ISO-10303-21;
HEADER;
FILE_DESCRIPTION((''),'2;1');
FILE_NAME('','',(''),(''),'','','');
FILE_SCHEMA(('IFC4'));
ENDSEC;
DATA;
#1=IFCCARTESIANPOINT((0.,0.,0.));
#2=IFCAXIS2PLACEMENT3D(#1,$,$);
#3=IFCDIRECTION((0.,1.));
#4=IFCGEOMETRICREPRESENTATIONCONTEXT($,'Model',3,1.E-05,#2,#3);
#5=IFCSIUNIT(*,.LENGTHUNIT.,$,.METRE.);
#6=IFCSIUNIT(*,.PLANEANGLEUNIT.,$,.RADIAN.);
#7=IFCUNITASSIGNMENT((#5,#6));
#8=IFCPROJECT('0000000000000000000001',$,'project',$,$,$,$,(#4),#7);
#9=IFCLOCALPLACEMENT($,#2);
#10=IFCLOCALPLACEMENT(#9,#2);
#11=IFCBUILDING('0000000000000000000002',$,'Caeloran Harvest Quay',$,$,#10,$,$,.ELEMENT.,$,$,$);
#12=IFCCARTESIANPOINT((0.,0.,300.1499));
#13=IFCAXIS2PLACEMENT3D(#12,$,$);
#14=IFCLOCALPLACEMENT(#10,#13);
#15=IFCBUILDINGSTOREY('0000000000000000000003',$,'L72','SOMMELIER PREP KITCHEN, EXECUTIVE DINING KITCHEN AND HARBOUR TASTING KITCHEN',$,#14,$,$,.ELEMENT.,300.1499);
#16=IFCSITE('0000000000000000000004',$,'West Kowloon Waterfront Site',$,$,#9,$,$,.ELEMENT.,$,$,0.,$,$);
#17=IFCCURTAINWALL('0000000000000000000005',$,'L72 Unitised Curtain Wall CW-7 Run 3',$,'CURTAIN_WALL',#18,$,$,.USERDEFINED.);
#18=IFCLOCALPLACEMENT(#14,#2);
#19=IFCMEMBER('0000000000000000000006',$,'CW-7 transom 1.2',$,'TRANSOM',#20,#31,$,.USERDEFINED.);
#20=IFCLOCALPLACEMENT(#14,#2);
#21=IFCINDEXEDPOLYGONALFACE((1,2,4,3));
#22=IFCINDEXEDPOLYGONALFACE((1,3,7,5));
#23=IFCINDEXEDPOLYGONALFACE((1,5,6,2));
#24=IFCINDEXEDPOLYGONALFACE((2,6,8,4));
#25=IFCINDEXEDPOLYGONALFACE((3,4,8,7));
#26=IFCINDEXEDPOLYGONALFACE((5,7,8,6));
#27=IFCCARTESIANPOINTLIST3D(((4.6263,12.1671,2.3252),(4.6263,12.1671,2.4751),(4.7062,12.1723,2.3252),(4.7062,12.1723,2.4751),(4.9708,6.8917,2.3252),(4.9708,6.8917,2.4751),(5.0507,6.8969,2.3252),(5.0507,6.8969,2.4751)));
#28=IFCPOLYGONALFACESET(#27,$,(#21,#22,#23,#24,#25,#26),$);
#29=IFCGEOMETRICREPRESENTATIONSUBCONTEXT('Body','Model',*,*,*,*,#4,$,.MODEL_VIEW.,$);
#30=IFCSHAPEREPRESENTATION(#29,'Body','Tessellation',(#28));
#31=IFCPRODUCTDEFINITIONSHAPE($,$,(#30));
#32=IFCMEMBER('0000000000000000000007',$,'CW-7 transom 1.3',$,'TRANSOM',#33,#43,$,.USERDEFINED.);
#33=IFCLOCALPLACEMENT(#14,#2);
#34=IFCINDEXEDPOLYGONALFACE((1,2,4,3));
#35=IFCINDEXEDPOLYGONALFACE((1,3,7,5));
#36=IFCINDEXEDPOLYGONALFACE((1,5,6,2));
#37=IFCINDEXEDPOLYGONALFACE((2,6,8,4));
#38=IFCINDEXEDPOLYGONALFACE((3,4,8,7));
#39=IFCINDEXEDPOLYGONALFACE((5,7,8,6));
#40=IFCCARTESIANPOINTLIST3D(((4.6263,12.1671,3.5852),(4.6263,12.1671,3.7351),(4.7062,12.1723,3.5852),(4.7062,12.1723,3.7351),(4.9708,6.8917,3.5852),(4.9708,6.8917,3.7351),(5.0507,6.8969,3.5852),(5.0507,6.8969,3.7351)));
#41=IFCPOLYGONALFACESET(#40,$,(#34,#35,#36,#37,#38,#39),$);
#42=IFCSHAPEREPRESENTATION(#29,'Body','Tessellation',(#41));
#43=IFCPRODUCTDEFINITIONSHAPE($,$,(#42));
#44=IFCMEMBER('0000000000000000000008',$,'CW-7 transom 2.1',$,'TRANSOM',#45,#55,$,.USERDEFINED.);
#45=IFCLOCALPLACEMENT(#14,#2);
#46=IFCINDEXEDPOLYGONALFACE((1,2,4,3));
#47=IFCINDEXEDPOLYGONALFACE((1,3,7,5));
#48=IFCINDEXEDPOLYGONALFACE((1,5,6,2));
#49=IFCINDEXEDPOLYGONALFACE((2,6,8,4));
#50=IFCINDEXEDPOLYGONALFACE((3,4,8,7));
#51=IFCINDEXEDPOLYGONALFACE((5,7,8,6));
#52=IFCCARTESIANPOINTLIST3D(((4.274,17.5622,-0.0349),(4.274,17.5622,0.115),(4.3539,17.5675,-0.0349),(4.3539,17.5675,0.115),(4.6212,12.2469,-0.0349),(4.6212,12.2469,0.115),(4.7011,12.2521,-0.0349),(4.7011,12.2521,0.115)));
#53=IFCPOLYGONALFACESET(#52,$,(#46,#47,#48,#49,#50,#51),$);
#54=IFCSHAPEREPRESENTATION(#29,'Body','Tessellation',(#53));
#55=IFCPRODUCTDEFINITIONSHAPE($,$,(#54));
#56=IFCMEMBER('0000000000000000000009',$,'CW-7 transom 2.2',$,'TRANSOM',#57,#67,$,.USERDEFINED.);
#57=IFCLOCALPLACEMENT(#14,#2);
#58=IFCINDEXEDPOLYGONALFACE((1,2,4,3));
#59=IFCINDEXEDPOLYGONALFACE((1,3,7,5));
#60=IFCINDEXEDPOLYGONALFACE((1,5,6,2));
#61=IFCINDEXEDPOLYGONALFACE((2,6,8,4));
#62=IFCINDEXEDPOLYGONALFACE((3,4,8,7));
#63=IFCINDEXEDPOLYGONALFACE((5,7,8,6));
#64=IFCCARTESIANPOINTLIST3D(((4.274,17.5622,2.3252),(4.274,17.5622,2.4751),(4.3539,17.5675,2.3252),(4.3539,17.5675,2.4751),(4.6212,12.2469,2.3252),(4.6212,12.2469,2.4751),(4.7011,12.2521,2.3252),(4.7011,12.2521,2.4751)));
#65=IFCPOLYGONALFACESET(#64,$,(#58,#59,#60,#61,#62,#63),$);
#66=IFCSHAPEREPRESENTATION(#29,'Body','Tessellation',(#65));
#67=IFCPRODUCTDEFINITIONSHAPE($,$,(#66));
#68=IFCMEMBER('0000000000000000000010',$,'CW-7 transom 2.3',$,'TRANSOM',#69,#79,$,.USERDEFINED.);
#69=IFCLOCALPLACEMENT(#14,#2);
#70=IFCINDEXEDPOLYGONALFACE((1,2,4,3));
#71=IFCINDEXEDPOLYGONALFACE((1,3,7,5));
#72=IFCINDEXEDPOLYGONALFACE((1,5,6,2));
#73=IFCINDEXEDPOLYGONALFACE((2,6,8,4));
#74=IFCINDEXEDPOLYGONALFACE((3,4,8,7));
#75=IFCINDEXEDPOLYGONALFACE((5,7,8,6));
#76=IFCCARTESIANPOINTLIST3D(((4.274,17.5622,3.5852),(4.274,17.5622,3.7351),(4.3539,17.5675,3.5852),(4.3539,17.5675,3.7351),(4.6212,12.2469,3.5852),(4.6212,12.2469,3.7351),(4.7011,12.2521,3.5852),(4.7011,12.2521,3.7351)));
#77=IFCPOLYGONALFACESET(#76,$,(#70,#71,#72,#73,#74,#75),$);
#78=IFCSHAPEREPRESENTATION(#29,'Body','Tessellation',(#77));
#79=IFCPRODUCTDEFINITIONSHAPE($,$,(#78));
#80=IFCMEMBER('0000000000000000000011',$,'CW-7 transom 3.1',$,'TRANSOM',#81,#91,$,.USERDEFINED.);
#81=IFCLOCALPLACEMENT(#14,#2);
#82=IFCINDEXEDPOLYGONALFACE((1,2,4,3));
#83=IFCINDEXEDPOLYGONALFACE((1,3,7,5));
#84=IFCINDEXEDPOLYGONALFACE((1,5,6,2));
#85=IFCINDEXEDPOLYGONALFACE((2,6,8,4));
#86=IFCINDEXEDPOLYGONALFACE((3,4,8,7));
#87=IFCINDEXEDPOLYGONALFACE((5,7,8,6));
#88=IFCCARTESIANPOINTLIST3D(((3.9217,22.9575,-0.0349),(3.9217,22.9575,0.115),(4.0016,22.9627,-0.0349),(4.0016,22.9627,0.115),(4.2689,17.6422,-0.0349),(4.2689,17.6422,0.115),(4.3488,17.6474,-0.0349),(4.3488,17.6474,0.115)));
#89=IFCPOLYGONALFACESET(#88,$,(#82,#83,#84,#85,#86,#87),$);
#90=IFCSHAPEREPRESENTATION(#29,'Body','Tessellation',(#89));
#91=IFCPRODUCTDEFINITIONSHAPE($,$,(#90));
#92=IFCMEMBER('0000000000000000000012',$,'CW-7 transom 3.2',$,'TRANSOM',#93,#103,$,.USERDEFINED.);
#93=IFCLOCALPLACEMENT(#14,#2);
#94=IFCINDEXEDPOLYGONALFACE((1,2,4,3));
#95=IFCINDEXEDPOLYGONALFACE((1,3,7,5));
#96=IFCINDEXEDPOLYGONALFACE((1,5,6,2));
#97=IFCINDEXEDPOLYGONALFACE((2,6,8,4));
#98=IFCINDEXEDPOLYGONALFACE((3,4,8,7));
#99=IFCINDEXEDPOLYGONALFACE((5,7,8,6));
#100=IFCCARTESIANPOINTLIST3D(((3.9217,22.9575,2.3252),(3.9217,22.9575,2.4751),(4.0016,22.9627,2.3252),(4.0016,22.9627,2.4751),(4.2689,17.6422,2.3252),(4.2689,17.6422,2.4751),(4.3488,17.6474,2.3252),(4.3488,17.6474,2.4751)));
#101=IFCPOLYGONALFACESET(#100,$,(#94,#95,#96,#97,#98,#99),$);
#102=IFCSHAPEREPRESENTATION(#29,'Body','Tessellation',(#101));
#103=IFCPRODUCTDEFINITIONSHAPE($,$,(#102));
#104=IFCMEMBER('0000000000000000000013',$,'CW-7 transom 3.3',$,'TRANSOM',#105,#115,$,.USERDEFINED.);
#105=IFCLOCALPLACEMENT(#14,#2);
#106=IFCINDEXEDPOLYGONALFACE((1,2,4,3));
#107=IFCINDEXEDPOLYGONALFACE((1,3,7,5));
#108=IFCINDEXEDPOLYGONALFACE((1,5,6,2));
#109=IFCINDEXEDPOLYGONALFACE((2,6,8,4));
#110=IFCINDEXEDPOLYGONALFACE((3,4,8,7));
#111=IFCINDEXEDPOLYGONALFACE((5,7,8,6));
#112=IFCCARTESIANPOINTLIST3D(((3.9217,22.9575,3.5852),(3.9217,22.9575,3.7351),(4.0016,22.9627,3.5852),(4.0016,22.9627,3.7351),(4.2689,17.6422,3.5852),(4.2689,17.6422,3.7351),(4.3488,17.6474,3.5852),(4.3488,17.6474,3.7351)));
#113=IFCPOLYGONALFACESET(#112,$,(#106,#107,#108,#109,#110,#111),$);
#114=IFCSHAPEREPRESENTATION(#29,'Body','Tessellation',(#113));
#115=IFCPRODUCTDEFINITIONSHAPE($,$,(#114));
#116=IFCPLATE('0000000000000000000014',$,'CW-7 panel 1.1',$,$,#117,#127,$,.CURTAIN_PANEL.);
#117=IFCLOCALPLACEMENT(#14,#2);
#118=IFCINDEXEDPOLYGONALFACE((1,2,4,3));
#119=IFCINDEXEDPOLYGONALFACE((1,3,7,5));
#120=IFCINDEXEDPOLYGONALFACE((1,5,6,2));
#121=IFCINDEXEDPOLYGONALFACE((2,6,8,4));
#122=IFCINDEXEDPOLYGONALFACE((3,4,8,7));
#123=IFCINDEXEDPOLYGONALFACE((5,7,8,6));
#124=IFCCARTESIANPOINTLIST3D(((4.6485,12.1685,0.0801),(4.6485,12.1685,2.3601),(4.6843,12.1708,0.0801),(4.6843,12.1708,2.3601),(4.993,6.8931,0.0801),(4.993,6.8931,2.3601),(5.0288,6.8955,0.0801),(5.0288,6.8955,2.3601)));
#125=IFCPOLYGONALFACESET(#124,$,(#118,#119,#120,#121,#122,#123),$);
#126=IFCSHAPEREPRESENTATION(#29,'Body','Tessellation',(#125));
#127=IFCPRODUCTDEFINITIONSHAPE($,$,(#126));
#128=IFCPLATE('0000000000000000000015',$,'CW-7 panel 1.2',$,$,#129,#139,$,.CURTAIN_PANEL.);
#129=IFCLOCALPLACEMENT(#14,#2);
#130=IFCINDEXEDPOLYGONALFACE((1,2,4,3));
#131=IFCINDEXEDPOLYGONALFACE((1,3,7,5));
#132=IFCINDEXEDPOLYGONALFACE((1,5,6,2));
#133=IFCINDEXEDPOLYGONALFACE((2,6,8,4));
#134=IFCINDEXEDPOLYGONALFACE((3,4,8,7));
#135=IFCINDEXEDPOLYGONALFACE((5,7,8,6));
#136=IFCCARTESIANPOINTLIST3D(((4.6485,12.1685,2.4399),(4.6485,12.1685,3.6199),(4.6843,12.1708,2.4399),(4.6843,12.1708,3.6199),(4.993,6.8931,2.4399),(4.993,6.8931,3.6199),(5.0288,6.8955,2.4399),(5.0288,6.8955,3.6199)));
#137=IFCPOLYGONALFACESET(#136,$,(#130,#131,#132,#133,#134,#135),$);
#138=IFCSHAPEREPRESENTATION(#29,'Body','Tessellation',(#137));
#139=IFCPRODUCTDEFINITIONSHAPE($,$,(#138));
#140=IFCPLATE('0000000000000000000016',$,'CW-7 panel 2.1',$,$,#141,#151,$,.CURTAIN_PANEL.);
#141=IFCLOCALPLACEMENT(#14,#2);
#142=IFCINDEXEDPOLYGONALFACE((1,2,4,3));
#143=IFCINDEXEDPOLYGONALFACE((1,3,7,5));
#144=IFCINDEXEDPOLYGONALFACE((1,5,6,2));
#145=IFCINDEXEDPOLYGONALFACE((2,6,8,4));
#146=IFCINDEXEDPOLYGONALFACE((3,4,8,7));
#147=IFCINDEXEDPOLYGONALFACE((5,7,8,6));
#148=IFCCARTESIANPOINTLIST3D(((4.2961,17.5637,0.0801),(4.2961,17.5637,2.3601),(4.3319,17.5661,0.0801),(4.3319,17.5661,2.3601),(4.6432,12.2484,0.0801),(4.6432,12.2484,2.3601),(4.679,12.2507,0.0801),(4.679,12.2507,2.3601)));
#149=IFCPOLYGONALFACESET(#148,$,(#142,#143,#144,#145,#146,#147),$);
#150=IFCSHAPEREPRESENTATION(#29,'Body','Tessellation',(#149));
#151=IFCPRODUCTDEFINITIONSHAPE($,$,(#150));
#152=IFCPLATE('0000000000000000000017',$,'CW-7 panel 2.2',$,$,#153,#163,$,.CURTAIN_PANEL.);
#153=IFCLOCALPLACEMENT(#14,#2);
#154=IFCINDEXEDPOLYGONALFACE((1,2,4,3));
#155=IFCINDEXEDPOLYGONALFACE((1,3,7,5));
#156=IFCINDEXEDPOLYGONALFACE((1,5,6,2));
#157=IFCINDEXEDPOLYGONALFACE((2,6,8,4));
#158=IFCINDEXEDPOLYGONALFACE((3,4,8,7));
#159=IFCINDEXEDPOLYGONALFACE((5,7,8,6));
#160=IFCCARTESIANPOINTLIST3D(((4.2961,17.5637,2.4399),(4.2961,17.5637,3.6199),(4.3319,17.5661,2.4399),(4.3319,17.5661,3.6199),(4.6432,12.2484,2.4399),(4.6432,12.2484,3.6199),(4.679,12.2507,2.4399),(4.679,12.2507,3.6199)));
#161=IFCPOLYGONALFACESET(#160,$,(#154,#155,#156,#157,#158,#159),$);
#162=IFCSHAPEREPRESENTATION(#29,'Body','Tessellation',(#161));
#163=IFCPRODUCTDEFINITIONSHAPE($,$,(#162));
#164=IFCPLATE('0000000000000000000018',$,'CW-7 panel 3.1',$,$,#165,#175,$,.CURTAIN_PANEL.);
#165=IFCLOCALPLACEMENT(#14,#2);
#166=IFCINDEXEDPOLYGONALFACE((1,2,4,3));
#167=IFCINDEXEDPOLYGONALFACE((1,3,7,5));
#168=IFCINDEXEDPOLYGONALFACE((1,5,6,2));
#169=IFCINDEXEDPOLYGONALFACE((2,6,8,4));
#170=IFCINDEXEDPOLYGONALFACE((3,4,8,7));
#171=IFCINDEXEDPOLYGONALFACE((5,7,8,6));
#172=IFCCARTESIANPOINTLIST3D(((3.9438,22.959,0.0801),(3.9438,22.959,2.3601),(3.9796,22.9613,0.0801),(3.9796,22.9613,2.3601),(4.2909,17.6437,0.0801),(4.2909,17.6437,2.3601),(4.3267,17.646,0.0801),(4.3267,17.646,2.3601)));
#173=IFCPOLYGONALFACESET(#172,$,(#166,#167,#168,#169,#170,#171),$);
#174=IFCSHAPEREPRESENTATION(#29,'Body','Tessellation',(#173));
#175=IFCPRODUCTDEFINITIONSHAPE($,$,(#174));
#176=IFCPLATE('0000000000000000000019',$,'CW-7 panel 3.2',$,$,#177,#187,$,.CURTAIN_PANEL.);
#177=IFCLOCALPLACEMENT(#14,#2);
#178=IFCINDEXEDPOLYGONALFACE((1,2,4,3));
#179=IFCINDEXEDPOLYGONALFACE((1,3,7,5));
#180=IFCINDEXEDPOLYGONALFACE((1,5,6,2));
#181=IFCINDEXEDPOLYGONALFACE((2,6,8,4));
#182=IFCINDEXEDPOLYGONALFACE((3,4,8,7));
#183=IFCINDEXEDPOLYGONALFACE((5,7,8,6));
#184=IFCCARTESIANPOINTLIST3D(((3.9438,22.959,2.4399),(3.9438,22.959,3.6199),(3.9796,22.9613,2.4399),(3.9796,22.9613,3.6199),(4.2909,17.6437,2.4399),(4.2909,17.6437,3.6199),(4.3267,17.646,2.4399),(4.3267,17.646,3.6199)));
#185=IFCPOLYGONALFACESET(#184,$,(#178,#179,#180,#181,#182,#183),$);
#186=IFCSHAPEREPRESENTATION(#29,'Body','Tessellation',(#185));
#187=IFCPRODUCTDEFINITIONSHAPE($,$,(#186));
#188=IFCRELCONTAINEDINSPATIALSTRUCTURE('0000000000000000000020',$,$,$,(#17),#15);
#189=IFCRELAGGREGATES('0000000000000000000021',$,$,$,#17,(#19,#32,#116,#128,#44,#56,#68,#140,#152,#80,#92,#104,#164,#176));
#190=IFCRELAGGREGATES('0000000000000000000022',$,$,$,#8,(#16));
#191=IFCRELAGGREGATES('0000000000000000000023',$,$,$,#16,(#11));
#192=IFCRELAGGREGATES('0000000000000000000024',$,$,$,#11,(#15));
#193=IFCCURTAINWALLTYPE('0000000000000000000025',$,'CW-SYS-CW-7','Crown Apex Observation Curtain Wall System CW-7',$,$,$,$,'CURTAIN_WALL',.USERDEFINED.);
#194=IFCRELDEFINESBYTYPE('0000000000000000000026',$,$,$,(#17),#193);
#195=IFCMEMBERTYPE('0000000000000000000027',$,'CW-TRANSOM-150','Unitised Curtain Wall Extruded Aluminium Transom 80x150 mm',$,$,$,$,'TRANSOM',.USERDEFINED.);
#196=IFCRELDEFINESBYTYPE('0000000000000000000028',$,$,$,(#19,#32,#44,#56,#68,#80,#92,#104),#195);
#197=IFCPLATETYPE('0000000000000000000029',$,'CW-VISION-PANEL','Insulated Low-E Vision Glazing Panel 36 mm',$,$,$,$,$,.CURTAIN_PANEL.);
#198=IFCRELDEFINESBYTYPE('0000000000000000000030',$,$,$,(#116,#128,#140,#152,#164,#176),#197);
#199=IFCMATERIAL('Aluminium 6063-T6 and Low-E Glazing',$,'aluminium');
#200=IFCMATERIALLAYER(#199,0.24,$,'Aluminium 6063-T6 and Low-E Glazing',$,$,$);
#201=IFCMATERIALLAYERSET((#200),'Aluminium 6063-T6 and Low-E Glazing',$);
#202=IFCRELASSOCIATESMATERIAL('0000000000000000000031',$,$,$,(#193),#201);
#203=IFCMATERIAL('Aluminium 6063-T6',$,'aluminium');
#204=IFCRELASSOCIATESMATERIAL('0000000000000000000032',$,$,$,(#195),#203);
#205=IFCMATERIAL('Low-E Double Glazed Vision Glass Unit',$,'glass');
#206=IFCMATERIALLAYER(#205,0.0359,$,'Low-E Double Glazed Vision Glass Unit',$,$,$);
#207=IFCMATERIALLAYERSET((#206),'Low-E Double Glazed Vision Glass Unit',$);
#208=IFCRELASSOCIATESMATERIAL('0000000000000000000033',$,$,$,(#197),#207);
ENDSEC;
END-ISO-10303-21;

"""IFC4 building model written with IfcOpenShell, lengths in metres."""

from ifc_helpers import new_model, si_unit, direction, frame, origin, origin_2d, place, context, subcontext, project, spatial, rectangle, extrude, material, layer, layer_set, material_profile, profile_set, type_object, element, aggregate, save


model = new_model("IFC4")

# Units and contexts
model_context = context("Model", 3, precision=1e-05, world=origin(), true_north=direction((0.0, 1.0)))
body_context = subcontext(model_context, "Body", "Model", "MODEL_VIEW")
ifc_project = project(units=[si_unit("LENGTHUNIT", "METRE"), si_unit("PLANEANGLEUNIT", "RADIAN")], contexts=[model_context])

# Site, building, storey
site_placement = place(None, origin())
site = spatial("IfcSite", under=ifc_project, at=site_placement, Name="West Kowloon Waterfront Site", CompositionType="ELEMENT", RefElevation=0.0)
building_placement = place(site_placement, origin())
building = spatial("IfcBuilding", under=site, at=building_placement, Name="Caeloran Harvest Quay", CompositionType="ELEMENT")
storey_placement = place(building_placement, frame((0.0, 0.0, 300.1499)))
storey = spatial("IfcBuildingStorey", under=building, at=storey_placement, Name="L72", Description="SOMMELIER PREP KITCHEN, EXECUTIVE DINING KITCHEN AND HARBOUR TASTING KITCHEN", CompositionType="ELEMENT", Elevation=300.1499)

# Curtain wall, members, plates
ifc_material_1 = material(Name="Aluminium 6063-T6 and Low-E Glazing", Category="aluminium")
ifc_layer_1 = layer(ifc_material_1, 0.24, Name="Aluminium 6063-T6 and Low-E Glazing")
ifc_layer_set_1 = layer_set([ifc_layer_1], Name="Aluminium 6063-T6 and Low-E Glazing")
curtain_wall_type = type_object("IfcCurtainWallType", Name="CW-SYS-CW-7", Description="Crown Apex Observation Curtain Wall System CW-7", ElementType="CURTAIN_WALL", PredefinedType="USERDEFINED", material=ifc_layer_set_1)
curtain_wall_placement = place(storey_placement, origin())
curtain_wall = element("IfcCurtainWall", 1, at=curtain_wall_placement, inside=storey, type_object=curtain_wall_type, Name="L72 Unitised Curtain Wall CW-7 Run 3", ObjectType="CURTAIN_WALL", PredefinedType="USERDEFINED")
ifc_material_2 = material(Name="Aluminium 6063-T6", Category="aluminium")
ifc_material_profile_1 = material_profile(ifc_material_2, rectangle(XDim=0.0801, YDim=0.1499, at=origin_2d()), Name="CW-TRANSOM-150")
ifc_profile_set_1 = profile_set([ifc_material_profile_1], Name="Aluminium 6063-T6")
member_type_1 = type_object("IfcMemberType", Name="CW-TRANSOM-150", Description="Unitised Curtain Wall Extruded Aluminium Transom 80x150 mm", ElementType="TRANSOM", PredefinedType="USERDEFINED", material=ifc_profile_set_1)
member_1_placement = place(storey_placement, frame((5.0107, 6.8943, 2.4001), z_axis=(-0.065161, 0.997875, 0.0), x_axis=(-0.997875, -0.065161, 0.0)))
member_1 = element("IfcMember", 2, at=member_1_placement, type_object=member_type_1, Name="CW-7 transom 1.2", ObjectType="TRANSOM", PredefinedType="USERDEFINED", context=body_context, shape_type="SweptSolid", body=[
    extrude(rectangle(XDim=0.0801, YDim=0.1499, at=origin_2d()), origin(), (0.0, 0.0, 1.0), 5.2866),
])
member_2_placement = place(storey_placement, frame((5.0107, 6.8943, 3.6602), z_axis=(-0.065161, 0.997875, 0.0), x_axis=(-0.997875, -0.065161, 0.0)))
member_2 = element("IfcMember", 3, at=member_2_placement, type_object=member_type_1, Name="CW-7 transom 1.3", ObjectType="TRANSOM", PredefinedType="USERDEFINED", context=body_context, shape_type="SweptSolid", body=[
    extrude(rectangle(XDim=0.0801, YDim=0.1499, at=origin_2d()), origin(), (0.0, 0.0, 1.0), 5.2866),
])
member_3_placement = place(storey_placement, frame((4.6611, 12.2495, 0.04), z_axis=(-0.065174, 0.997874, 0.0), x_axis=(-0.997874, -0.065174, 0.0)))
member_3 = element("IfcMember", 4, at=member_3_placement, type_object=member_type_1, Name="CW-7 transom 2.1", ObjectType="TRANSOM", PredefinedType="USERDEFINED", context=body_context, shape_type="SweptSolid", body=[
    extrude(rectangle(XDim=0.0801, YDim=0.1499, at=origin_2d()), origin(), (0.0, 0.0, 1.0), 5.3267),
])
member_4_placement = place(storey_placement, frame((4.6611, 12.2495, 2.4001), z_axis=(-0.065174, 0.997874, 0.0), x_axis=(-0.997874, -0.065174, 0.0)))
member_4 = element("IfcMember", 5, at=member_4_placement, type_object=member_type_1, Name="CW-7 transom 2.2", ObjectType="TRANSOM", PredefinedType="USERDEFINED", context=body_context, shape_type="SweptSolid", body=[
    extrude(rectangle(XDim=0.0801, YDim=0.1499, at=origin_2d()), origin(), (0.0, 0.0, 1.0), 5.3267),
])
member_5_placement = place(storey_placement, frame((4.6611, 12.2495, 3.6602), z_axis=(-0.065174, 0.997874, 0.0), x_axis=(-0.997874, -0.065174, 0.0)))
member_5 = element("IfcMember", 6, at=member_5_placement, type_object=member_type_1, Name="CW-7 transom 2.3", ObjectType="TRANSOM", PredefinedType="USERDEFINED", context=body_context, shape_type="SweptSolid", body=[
    extrude(rectangle(XDim=0.0801, YDim=0.1499, at=origin_2d()), origin(), (0.0, 0.0, 1.0), 5.3267),
])
member_6_placement = place(storey_placement, frame((4.3088, 17.6448, 0.04), z_axis=(-0.065174, 0.997874, 0.0), x_axis=(-0.997874, -0.065174, 0.0)))
member_6 = element("IfcMember", 7, at=member_6_placement, type_object=member_type_1, Name="CW-7 transom 3.1", ObjectType="TRANSOM", PredefinedType="USERDEFINED", context=body_context, shape_type="SweptSolid", body=[
    extrude(rectangle(XDim=0.0801, YDim=0.1499, at=origin_2d()), origin(), (0.0, 0.0, 1.0), 5.3267),
])
member_7_placement = place(storey_placement, frame((4.3088, 17.6448, 2.4001), z_axis=(-0.065174, 0.997874, 0.0), x_axis=(-0.997874, -0.065174, 0.0)))
member_7 = element("IfcMember", 8, at=member_7_placement, type_object=member_type_1, Name="CW-7 transom 3.2", ObjectType="TRANSOM", PredefinedType="USERDEFINED", context=body_context, shape_type="SweptSolid", body=[
    extrude(rectangle(XDim=0.0801, YDim=0.1499, at=origin_2d()), origin(), (0.0, 0.0, 1.0), 5.3267),
])
member_8_placement = place(storey_placement, frame((4.3088, 17.6448, 3.6602), z_axis=(-0.065174, 0.997874, 0.0), x_axis=(-0.997874, -0.065174, 0.0)))
member_8 = element("IfcMember", 9, at=member_8_placement, type_object=member_type_1, Name="CW-7 transom 3.3", ObjectType="TRANSOM", PredefinedType="USERDEFINED", context=body_context, shape_type="SweptSolid", body=[
    extrude(rectangle(XDim=0.0801, YDim=0.1499, at=origin_2d()), origin(), (0.0, 0.0, 1.0), 5.3267),
])
ifc_material_3 = material(Name="Low-E Double Glazed Vision Glass Unit", Category="glass")
ifc_layer_2 = layer(ifc_material_3, 0.0359, Name="Low-E Double Glazed Vision Glass Unit")
ifc_layer_set_2 = layer_set([ifc_layer_2], Name="Low-E Double Glazed Vision Glass Unit")
plate_type = type_object("IfcPlateType", Name="CW-VISION-PANEL", Description="Insulated Low-E Vision Glazing Panel 36 mm", PredefinedType="CURTAIN_PANEL", material=ifc_layer_set_2)
plate_1_placement = place(storey_placement, frame((4.8386, 9.532, 0.0801), z_axis=(0.0, 0.0, 1.0), x_axis=(-0.065167, 0.997874, 0.0)))
plate_1 = element("IfcPlate", 10, at=plate_1_placement, type_object=plate_type, Name="CW-7 panel 1.1", PredefinedType="CURTAIN_PANEL", context=body_context, shape_type="SweptSolid", body=[
    extrude(rectangle(XDim=5.2866, YDim=0.0359, at=origin_2d()), origin(), (0.0, 0.0, 1.0), 2.28),
])
plate_2_placement = place(storey_placement, frame((4.8386, 9.532, 2.4399), z_axis=(0.0, 0.0, 1.0), x_axis=(-0.065167, 0.997874, 0.0)))
plate_2 = element("IfcPlate", 11, at=plate_2_placement, type_object=plate_type, Name="CW-7 panel 1.2", PredefinedType="CURTAIN_PANEL", context=body_context, shape_type="SweptSolid", body=[
    extrude(rectangle(XDim=5.2866, YDim=0.0359, at=origin_2d()), origin(), (0.0, 0.0, 1.0), 1.1799),
])
plate_3_placement = place(storey_placement, frame((4.4875, 14.9072, 0.0801), z_axis=(0.0, 0.0, 1.0), x_axis=(-0.065167, 0.997874, 0.0)))
plate_3 = element("IfcPlate", 12, at=plate_3_placement, type_object=plate_type, Name="CW-7 panel 2.1", PredefinedType="CURTAIN_PANEL", context=body_context, shape_type="SweptSolid", body=[
    extrude(rectangle(XDim=5.3267, YDim=0.0359, at=origin_2d()), origin(), (0.0, 0.0, 1.0), 2.28),
])
plate_4_placement = place(storey_placement, frame((4.4875, 14.9072, 2.4399), z_axis=(0.0, 0.0, 1.0), x_axis=(-0.065167, 0.997874, 0.0)))
plate_4 = element("IfcPlate", 13, at=plate_4_placement, type_object=plate_type, Name="CW-7 panel 2.2", PredefinedType="CURTAIN_PANEL", context=body_context, shape_type="SweptSolid", body=[
    extrude(rectangle(XDim=5.3267, YDim=0.0359, at=origin_2d()), origin(), (0.0, 0.0, 1.0), 1.1799),
])
plate_5_placement = place(storey_placement, frame((4.1353, 20.3025, 0.0801), z_axis=(0.0, 0.0, 1.0), x_axis=(-0.065167, 0.997874, 0.0)))
plate_5 = element("IfcPlate", 14, at=plate_5_placement, type_object=plate_type, Name="CW-7 panel 3.1", PredefinedType="CURTAIN_PANEL", context=body_context, shape_type="SweptSolid", body=[
    extrude(rectangle(XDim=5.3267, YDim=0.0359, at=origin_2d()), origin(), (0.0, 0.0, 1.0), 2.28),
])
plate_6_placement = place(storey_placement, frame((4.1353, 20.3025, 2.4399), z_axis=(0.0, 0.0, 1.0), x_axis=(-0.065167, 0.997874, 0.0)))
plate_6 = element("IfcPlate", 15, at=plate_6_placement, type_object=plate_type, Name="CW-7 panel 3.2", PredefinedType="CURTAIN_PANEL", context=body_context, shape_type="SweptSolid", body=[
    extrude(rectangle(XDim=5.3267, YDim=0.0359, at=origin_2d()), origin(), (0.0, 0.0, 1.0), 1.1799),
])
aggregate(curtain_wall, [member_1, member_2, plate_1, plate_2, member_3, member_4, member_5, plate_3, plate_4, member_6, member_7, member_8, plate_5, plate_6])

save(model, "model.ifc")
